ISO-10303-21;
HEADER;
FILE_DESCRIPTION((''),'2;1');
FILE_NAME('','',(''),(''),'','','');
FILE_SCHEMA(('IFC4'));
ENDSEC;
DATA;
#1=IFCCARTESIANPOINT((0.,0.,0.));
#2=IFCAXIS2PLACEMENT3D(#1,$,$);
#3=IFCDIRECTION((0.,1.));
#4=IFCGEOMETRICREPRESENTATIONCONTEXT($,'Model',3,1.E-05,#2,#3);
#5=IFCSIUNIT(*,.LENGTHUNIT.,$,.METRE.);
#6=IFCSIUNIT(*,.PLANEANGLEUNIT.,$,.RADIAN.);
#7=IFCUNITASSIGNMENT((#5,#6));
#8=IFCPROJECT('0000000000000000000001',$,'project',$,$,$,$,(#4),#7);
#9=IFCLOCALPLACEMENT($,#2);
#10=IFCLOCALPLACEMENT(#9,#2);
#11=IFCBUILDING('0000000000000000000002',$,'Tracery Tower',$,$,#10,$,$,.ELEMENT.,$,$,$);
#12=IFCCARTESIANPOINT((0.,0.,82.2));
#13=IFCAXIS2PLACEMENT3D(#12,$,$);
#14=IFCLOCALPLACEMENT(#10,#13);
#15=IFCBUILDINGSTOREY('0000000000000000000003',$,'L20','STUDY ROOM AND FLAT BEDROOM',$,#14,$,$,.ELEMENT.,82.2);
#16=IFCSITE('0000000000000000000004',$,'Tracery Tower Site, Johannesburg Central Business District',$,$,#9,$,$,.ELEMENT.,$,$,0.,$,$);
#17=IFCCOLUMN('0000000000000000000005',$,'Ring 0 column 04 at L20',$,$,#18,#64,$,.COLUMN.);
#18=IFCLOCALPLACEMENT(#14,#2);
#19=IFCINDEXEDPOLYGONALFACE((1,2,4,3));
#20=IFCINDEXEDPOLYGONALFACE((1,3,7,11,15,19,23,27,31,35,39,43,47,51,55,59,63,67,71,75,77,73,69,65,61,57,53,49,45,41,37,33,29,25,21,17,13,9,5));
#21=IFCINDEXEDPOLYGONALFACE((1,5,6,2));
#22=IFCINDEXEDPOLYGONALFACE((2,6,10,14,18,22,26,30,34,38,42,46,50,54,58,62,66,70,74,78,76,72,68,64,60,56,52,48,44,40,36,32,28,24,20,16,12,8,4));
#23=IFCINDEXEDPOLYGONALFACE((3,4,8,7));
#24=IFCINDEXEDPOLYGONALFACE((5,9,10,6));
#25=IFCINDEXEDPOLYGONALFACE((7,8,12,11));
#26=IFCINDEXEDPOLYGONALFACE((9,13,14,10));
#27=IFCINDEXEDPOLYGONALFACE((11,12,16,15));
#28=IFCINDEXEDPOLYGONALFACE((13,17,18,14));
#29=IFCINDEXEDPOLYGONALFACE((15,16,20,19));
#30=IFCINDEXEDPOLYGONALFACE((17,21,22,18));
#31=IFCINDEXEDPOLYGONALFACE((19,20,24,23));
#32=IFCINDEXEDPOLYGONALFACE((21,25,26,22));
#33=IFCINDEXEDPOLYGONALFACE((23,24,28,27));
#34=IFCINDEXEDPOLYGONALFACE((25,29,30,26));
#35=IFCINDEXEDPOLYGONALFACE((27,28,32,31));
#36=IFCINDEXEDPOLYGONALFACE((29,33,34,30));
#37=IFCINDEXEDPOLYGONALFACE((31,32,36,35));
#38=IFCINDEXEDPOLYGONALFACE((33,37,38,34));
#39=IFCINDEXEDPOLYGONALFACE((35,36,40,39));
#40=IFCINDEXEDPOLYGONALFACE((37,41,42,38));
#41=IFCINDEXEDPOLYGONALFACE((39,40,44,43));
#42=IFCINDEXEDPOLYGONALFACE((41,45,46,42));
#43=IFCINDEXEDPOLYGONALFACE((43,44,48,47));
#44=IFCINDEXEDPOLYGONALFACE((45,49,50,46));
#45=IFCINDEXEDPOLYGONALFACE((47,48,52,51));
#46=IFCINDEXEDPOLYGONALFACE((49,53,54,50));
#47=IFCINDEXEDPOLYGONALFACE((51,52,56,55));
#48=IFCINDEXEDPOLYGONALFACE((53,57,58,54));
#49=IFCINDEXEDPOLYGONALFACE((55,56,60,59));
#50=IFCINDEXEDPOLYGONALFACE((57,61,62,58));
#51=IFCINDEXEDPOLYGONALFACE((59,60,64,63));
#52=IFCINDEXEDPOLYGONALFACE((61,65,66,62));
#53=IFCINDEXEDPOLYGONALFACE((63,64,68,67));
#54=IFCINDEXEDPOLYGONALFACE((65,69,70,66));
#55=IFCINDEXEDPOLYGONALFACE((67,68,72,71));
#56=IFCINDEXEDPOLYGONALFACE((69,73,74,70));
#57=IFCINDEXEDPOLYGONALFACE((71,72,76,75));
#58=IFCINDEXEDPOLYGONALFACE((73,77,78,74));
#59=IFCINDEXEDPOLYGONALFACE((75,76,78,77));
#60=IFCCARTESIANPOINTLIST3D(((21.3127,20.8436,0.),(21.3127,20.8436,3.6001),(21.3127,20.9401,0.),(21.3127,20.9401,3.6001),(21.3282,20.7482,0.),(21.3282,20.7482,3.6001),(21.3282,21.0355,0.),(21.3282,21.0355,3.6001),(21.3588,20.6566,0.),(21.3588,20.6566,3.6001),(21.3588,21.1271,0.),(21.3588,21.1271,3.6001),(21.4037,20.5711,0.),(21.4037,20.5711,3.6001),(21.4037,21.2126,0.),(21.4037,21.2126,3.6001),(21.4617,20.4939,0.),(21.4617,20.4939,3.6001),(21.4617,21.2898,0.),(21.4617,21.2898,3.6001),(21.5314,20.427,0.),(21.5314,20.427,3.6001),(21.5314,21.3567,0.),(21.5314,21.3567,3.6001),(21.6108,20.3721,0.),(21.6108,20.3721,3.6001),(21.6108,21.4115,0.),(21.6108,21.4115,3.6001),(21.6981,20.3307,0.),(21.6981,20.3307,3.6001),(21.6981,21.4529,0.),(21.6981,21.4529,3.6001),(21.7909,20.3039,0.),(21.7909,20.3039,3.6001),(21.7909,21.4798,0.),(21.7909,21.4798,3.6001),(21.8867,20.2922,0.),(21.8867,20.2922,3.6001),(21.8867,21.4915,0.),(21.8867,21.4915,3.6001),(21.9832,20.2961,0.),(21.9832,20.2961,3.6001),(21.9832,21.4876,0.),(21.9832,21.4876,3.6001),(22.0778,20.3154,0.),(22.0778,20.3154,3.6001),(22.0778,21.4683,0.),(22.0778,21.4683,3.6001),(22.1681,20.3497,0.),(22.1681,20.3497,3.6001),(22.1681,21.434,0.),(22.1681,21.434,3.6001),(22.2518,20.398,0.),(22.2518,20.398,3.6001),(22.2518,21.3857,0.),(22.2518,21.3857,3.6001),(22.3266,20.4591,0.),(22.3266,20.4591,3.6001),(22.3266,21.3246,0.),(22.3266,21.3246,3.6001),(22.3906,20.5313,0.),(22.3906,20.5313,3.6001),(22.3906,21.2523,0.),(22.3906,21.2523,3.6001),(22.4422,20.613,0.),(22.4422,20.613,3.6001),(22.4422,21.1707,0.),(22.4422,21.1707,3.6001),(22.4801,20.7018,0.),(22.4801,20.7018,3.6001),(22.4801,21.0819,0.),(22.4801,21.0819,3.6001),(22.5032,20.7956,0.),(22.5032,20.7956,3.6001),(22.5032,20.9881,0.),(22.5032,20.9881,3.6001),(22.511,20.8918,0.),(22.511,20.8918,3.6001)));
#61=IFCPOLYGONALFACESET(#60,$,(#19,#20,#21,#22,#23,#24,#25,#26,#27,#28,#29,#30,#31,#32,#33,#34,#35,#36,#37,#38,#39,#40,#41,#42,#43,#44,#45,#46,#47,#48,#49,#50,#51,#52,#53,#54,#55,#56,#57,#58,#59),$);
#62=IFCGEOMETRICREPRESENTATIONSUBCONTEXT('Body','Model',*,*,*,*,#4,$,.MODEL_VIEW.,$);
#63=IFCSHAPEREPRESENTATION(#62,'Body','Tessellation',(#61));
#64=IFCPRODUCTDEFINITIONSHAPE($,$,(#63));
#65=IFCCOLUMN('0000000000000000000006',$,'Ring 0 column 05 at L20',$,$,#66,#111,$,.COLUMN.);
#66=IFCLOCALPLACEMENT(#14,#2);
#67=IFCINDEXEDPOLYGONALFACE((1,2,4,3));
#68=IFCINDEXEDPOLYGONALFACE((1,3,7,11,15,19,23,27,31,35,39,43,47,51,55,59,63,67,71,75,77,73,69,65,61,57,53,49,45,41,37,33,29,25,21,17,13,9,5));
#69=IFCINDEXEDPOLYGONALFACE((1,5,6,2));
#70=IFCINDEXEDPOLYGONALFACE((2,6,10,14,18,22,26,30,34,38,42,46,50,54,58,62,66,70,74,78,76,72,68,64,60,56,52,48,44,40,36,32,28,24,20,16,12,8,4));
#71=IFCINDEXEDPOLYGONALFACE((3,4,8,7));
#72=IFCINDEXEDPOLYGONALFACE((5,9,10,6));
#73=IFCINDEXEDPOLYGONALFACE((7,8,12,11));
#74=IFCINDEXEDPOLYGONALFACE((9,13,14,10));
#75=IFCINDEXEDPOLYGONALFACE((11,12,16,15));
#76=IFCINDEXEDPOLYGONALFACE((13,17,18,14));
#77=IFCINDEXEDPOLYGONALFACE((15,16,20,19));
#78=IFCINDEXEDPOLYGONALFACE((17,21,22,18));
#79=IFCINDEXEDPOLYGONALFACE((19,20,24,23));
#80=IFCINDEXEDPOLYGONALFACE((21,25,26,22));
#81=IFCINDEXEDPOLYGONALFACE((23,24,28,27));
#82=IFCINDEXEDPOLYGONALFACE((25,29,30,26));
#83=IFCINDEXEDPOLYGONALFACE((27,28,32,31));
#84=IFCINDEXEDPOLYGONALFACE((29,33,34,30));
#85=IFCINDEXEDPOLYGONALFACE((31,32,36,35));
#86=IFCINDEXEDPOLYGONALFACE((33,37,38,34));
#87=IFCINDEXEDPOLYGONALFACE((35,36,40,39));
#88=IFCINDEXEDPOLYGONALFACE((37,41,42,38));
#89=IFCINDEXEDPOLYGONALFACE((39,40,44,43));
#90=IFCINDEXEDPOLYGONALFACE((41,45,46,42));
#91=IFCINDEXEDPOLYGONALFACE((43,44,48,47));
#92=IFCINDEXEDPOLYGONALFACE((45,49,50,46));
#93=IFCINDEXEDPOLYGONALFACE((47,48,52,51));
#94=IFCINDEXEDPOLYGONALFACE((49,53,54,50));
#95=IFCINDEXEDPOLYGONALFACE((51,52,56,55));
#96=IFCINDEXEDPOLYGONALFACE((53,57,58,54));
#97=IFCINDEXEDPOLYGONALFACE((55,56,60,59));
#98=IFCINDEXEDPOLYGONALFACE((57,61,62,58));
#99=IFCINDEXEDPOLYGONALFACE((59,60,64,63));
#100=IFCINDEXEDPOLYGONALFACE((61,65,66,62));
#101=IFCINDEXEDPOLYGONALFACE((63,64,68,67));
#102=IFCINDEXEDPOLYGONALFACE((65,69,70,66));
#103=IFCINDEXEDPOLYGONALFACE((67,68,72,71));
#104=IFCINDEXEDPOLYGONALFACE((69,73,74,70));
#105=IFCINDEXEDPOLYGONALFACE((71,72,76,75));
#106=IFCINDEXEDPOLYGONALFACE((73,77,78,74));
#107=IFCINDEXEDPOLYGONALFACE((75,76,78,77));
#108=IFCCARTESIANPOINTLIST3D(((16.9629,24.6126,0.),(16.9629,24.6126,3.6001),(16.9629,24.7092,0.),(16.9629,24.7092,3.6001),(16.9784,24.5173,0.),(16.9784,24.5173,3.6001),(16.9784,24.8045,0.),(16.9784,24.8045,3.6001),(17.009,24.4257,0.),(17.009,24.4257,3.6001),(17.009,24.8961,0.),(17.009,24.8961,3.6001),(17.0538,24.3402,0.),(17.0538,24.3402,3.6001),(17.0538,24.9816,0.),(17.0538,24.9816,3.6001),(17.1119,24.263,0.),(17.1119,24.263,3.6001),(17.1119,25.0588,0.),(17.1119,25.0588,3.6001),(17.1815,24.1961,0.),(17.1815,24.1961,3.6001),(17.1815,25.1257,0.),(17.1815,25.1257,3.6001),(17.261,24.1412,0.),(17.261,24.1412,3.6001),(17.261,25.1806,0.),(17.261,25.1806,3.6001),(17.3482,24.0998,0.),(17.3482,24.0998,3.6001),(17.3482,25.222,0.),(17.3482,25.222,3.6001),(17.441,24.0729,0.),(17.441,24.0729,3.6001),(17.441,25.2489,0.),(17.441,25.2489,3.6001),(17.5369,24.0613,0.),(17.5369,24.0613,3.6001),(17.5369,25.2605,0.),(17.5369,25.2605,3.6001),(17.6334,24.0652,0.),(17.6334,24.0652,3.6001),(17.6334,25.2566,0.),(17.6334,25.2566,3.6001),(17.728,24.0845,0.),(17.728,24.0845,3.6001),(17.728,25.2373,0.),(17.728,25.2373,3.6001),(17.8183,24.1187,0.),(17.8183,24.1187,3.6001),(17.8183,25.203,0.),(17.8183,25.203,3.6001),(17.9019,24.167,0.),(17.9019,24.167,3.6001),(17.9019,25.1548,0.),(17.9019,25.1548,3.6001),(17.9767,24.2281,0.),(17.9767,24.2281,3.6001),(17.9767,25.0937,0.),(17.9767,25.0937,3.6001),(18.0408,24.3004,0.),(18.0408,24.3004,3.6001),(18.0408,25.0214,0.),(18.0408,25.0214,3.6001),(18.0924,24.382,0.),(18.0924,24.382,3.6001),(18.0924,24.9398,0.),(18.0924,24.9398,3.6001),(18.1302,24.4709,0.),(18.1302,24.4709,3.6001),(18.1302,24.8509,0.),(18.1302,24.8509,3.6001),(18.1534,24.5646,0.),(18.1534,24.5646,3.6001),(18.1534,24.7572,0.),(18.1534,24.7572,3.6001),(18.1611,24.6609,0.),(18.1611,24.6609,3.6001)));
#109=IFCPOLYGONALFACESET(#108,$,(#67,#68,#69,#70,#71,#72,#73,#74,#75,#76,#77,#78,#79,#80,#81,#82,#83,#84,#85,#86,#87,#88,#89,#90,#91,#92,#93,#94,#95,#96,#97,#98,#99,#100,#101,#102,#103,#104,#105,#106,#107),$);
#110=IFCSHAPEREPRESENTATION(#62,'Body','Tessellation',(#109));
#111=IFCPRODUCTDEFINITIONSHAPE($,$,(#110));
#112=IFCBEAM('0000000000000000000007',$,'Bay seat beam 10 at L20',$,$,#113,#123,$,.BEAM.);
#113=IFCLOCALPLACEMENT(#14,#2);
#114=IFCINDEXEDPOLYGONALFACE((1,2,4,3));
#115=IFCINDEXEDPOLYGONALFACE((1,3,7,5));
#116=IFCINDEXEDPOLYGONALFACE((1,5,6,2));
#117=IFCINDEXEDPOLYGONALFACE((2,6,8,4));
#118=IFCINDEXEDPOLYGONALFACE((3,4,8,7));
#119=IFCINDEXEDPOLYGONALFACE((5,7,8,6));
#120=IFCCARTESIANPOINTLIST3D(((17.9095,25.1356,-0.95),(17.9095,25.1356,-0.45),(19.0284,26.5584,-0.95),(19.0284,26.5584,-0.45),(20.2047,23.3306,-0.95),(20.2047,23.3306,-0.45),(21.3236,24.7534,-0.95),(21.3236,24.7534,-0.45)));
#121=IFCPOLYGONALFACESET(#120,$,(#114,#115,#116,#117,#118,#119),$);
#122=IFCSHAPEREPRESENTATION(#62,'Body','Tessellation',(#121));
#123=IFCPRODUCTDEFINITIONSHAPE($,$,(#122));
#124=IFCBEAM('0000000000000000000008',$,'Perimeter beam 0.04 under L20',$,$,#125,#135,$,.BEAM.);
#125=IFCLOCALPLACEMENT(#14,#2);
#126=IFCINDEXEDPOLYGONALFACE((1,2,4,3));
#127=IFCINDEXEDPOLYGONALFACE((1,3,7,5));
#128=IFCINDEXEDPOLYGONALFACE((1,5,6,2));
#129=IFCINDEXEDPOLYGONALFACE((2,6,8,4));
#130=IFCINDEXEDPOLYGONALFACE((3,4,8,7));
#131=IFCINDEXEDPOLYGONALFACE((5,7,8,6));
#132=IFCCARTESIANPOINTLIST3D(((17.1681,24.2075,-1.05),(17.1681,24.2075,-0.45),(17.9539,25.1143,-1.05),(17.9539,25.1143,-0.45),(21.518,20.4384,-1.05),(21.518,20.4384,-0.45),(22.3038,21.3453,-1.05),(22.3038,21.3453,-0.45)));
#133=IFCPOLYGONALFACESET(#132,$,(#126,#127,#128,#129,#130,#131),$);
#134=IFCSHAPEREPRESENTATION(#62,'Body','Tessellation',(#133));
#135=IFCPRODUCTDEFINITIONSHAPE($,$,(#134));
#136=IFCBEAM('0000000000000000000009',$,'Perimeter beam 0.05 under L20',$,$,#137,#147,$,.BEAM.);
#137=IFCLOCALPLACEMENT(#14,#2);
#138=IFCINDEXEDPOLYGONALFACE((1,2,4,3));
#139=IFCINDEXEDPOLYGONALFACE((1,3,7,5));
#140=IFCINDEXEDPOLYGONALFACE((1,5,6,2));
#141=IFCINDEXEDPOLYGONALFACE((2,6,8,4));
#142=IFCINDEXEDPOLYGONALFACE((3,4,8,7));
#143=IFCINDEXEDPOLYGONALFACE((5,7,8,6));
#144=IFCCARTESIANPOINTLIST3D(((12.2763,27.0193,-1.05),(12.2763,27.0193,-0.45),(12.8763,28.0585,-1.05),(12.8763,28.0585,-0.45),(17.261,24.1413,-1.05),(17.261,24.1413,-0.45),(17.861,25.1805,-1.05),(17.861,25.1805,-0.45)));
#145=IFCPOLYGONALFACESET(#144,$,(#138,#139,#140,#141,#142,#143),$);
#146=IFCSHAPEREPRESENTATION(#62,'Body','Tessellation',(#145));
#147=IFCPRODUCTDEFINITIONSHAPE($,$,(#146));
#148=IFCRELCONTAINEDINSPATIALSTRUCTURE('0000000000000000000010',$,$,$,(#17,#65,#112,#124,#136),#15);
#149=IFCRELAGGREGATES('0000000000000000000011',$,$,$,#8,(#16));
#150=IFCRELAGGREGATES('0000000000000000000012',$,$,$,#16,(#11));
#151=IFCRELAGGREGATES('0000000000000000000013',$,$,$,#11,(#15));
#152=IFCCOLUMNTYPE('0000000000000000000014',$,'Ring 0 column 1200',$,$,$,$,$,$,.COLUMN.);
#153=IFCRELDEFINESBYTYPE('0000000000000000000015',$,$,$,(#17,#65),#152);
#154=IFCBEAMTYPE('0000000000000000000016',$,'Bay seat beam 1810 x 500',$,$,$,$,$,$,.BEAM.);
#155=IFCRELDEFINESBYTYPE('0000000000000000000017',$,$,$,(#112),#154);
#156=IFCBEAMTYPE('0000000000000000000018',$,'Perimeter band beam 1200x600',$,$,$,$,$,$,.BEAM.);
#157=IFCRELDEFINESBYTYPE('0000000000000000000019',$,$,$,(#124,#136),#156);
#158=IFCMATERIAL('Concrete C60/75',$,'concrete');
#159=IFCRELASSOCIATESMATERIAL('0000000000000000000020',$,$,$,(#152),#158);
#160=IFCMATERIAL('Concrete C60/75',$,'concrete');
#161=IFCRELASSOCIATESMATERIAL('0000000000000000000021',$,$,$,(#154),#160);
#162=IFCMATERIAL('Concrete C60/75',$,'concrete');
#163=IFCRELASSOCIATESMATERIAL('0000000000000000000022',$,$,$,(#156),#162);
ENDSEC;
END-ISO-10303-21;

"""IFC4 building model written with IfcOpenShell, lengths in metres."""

from ifc_helpers import new_model, si_unit, direction, frame, origin, origin_2d, place, context, subcontext, project, spatial, rectangle, circle, extrude, material, material_profile, profile_set, type_object, element, save


model = new_model("IFC4")

# Units and contexts
model_context = context("Model", 3, precision=1e-05, world=origin(), true_north=direction((0.0, 1.0)))
body_context = subcontext(model_context, "Body", "Model", "MODEL_VIEW")
ifc_project = project(units=[si_unit("LENGTHUNIT", "METRE"), si_unit("PLANEANGLEUNIT", "RADIAN")], contexts=[model_context])

# Site, building, storey
site_placement = place(None, origin())
site = spatial("IfcSite", under=ifc_project, at=site_placement, Name="Tracery Tower Site, Johannesburg Central Business District", CompositionType="ELEMENT", RefElevation=0.0)
building_placement = place(site_placement, origin())
building = spatial("IfcBuilding", under=site, at=building_placement, Name="Tracery Tower", CompositionType="ELEMENT")
storey_placement = place(building_placement, frame((0.0, 0.0, 82.2)))
storey = spatial("IfcBuildingStorey", under=building, at=storey_placement, Name="L20", Description="STUDY ROOM AND FLAT BEDROOM", CompositionType="ELEMENT", Elevation=82.2)

# Columns
ifc_material_1 = material(Name="Concrete C60/75", Category="concrete")
ifc_material_profile_1 = material_profile(ifc_material_1, circle(Radius=0.6001, at=origin_2d()), Name="RC D1200")
ifc_profile_set_1 = profile_set([ifc_material_profile_1], Name="Concrete C60/75")
column_type = type_object("IfcColumnType", Name="Ring 0 column 1200", PredefinedType="COLUMN", material=ifc_profile_set_1)
for number, where, z_axis, x_axis, name in (
    (1, (21.9109, 20.8918, 0.0), (0.0, 0.0, 1.0), (1.0, 0.0, 0.0), "Ring 0 column 04 at L20"),
    (2, (17.561, 24.6609, 0.0), (0.0, 0.0, 1.0), (1.0, 0.0, 0.0), "Ring 0 column 05 at L20"),
):
    element("IfcColumn", number, at=place(storey_placement, frame(where, z_axis=z_axis, x_axis=x_axis)), inside=storey, type_object=column_type, Name=name, PredefinedType="COLUMN", context=body_context, shape_type="SweptSolid", body=[
        extrude(circle(Radius=0.6001, at=origin_2d()), origin(), (0.0, 0.0, 1.0), 3.6001),
    ])

# Beams
ifc_material_2 = material(Name="Concrete C60/75", Category="concrete")
ifc_material_profile_2 = material_profile(ifc_material_2, rectangle(XDim=1.8101, YDim=0.5, at=origin_2d()), Name="RC 1810x500")
ifc_profile_set_2 = profile_set([ifc_material_profile_2], Name="Concrete C60/75")
beam_type_1 = type_object("IfcBeamType", Name="Bay seat beam 1810 x 500", PredefinedType="BEAM", material=ifc_profile_set_2)
beam_1_placement = place(storey_placement, frame((20.7642, 24.042, -0.7), z_axis=(-0.786054, 0.618158, 0.0), x_axis=(-0.618158, -0.786054, 0.0)))
element("IfcBeam", 3, at=beam_1_placement, inside=storey, type_object=beam_type_1, Name="Bay seat beam 10 at L20", PredefinedType="BEAM", context=body_context, shape_type="SweptSolid", body=[
    extrude(rectangle(XDim=1.8101, YDim=0.5, at=origin_2d()), origin(), (0.0, 0.0, 1.0), 2.9199),
])
ifc_material_3 = material(Name="Concrete C60/75", Category="concrete")
ifc_material_profile_3 = material_profile(ifc_material_3, rectangle(XDim=1.2, YDim=0.6001, at=origin_2d()), Name="RC 1200x600")
ifc_profile_set_3 = profile_set([ifc_material_profile_3], Name="Concrete C60/75")
beam_type_2 = type_object("IfcBeamType", Name="Perimeter band beam 1200x600", PredefinedType="BEAM", material=ifc_profile_set_3)
beam_2_placement = place(storey_placement, frame((21.9109, 20.8918, -0.75), z_axis=(-0.75576, 0.654848, 0.0), x_axis=(-0.654848, -0.75576, 0.0)))
element("IfcBeam", 4, at=beam_2_placement, inside=storey, type_object=beam_type_2, Name="Perimeter beam 0.04 under L20", PredefinedType="BEAM", context=body_context, shape_type="SweptSolid", body=[
    extrude(rectangle(XDim=1.2, YDim=0.6001, at=origin_2d()), origin(), (0.0, 0.0, 1.0), 5.7556),
])
beam_3_placement = place(storey_placement, frame((17.561, 24.6609, -0.75), z_axis=(-0.866021, 0.500008, 0.0), x_axis=(-0.500008, -0.866021, 0.0)))
element("IfcBeam", 5, at=beam_3_placement, inside=storey, type_object=beam_type_2, Name="Perimeter beam 0.05 under L20", PredefinedType="BEAM", context=body_context, shape_type="SweptSolid", body=[
    extrude(rectangle(XDim=1.2, YDim=0.6001, at=origin_2d()), origin(), (0.0, 0.0, 1.0), 5.7559),
])

save(model, "model.ifc")
